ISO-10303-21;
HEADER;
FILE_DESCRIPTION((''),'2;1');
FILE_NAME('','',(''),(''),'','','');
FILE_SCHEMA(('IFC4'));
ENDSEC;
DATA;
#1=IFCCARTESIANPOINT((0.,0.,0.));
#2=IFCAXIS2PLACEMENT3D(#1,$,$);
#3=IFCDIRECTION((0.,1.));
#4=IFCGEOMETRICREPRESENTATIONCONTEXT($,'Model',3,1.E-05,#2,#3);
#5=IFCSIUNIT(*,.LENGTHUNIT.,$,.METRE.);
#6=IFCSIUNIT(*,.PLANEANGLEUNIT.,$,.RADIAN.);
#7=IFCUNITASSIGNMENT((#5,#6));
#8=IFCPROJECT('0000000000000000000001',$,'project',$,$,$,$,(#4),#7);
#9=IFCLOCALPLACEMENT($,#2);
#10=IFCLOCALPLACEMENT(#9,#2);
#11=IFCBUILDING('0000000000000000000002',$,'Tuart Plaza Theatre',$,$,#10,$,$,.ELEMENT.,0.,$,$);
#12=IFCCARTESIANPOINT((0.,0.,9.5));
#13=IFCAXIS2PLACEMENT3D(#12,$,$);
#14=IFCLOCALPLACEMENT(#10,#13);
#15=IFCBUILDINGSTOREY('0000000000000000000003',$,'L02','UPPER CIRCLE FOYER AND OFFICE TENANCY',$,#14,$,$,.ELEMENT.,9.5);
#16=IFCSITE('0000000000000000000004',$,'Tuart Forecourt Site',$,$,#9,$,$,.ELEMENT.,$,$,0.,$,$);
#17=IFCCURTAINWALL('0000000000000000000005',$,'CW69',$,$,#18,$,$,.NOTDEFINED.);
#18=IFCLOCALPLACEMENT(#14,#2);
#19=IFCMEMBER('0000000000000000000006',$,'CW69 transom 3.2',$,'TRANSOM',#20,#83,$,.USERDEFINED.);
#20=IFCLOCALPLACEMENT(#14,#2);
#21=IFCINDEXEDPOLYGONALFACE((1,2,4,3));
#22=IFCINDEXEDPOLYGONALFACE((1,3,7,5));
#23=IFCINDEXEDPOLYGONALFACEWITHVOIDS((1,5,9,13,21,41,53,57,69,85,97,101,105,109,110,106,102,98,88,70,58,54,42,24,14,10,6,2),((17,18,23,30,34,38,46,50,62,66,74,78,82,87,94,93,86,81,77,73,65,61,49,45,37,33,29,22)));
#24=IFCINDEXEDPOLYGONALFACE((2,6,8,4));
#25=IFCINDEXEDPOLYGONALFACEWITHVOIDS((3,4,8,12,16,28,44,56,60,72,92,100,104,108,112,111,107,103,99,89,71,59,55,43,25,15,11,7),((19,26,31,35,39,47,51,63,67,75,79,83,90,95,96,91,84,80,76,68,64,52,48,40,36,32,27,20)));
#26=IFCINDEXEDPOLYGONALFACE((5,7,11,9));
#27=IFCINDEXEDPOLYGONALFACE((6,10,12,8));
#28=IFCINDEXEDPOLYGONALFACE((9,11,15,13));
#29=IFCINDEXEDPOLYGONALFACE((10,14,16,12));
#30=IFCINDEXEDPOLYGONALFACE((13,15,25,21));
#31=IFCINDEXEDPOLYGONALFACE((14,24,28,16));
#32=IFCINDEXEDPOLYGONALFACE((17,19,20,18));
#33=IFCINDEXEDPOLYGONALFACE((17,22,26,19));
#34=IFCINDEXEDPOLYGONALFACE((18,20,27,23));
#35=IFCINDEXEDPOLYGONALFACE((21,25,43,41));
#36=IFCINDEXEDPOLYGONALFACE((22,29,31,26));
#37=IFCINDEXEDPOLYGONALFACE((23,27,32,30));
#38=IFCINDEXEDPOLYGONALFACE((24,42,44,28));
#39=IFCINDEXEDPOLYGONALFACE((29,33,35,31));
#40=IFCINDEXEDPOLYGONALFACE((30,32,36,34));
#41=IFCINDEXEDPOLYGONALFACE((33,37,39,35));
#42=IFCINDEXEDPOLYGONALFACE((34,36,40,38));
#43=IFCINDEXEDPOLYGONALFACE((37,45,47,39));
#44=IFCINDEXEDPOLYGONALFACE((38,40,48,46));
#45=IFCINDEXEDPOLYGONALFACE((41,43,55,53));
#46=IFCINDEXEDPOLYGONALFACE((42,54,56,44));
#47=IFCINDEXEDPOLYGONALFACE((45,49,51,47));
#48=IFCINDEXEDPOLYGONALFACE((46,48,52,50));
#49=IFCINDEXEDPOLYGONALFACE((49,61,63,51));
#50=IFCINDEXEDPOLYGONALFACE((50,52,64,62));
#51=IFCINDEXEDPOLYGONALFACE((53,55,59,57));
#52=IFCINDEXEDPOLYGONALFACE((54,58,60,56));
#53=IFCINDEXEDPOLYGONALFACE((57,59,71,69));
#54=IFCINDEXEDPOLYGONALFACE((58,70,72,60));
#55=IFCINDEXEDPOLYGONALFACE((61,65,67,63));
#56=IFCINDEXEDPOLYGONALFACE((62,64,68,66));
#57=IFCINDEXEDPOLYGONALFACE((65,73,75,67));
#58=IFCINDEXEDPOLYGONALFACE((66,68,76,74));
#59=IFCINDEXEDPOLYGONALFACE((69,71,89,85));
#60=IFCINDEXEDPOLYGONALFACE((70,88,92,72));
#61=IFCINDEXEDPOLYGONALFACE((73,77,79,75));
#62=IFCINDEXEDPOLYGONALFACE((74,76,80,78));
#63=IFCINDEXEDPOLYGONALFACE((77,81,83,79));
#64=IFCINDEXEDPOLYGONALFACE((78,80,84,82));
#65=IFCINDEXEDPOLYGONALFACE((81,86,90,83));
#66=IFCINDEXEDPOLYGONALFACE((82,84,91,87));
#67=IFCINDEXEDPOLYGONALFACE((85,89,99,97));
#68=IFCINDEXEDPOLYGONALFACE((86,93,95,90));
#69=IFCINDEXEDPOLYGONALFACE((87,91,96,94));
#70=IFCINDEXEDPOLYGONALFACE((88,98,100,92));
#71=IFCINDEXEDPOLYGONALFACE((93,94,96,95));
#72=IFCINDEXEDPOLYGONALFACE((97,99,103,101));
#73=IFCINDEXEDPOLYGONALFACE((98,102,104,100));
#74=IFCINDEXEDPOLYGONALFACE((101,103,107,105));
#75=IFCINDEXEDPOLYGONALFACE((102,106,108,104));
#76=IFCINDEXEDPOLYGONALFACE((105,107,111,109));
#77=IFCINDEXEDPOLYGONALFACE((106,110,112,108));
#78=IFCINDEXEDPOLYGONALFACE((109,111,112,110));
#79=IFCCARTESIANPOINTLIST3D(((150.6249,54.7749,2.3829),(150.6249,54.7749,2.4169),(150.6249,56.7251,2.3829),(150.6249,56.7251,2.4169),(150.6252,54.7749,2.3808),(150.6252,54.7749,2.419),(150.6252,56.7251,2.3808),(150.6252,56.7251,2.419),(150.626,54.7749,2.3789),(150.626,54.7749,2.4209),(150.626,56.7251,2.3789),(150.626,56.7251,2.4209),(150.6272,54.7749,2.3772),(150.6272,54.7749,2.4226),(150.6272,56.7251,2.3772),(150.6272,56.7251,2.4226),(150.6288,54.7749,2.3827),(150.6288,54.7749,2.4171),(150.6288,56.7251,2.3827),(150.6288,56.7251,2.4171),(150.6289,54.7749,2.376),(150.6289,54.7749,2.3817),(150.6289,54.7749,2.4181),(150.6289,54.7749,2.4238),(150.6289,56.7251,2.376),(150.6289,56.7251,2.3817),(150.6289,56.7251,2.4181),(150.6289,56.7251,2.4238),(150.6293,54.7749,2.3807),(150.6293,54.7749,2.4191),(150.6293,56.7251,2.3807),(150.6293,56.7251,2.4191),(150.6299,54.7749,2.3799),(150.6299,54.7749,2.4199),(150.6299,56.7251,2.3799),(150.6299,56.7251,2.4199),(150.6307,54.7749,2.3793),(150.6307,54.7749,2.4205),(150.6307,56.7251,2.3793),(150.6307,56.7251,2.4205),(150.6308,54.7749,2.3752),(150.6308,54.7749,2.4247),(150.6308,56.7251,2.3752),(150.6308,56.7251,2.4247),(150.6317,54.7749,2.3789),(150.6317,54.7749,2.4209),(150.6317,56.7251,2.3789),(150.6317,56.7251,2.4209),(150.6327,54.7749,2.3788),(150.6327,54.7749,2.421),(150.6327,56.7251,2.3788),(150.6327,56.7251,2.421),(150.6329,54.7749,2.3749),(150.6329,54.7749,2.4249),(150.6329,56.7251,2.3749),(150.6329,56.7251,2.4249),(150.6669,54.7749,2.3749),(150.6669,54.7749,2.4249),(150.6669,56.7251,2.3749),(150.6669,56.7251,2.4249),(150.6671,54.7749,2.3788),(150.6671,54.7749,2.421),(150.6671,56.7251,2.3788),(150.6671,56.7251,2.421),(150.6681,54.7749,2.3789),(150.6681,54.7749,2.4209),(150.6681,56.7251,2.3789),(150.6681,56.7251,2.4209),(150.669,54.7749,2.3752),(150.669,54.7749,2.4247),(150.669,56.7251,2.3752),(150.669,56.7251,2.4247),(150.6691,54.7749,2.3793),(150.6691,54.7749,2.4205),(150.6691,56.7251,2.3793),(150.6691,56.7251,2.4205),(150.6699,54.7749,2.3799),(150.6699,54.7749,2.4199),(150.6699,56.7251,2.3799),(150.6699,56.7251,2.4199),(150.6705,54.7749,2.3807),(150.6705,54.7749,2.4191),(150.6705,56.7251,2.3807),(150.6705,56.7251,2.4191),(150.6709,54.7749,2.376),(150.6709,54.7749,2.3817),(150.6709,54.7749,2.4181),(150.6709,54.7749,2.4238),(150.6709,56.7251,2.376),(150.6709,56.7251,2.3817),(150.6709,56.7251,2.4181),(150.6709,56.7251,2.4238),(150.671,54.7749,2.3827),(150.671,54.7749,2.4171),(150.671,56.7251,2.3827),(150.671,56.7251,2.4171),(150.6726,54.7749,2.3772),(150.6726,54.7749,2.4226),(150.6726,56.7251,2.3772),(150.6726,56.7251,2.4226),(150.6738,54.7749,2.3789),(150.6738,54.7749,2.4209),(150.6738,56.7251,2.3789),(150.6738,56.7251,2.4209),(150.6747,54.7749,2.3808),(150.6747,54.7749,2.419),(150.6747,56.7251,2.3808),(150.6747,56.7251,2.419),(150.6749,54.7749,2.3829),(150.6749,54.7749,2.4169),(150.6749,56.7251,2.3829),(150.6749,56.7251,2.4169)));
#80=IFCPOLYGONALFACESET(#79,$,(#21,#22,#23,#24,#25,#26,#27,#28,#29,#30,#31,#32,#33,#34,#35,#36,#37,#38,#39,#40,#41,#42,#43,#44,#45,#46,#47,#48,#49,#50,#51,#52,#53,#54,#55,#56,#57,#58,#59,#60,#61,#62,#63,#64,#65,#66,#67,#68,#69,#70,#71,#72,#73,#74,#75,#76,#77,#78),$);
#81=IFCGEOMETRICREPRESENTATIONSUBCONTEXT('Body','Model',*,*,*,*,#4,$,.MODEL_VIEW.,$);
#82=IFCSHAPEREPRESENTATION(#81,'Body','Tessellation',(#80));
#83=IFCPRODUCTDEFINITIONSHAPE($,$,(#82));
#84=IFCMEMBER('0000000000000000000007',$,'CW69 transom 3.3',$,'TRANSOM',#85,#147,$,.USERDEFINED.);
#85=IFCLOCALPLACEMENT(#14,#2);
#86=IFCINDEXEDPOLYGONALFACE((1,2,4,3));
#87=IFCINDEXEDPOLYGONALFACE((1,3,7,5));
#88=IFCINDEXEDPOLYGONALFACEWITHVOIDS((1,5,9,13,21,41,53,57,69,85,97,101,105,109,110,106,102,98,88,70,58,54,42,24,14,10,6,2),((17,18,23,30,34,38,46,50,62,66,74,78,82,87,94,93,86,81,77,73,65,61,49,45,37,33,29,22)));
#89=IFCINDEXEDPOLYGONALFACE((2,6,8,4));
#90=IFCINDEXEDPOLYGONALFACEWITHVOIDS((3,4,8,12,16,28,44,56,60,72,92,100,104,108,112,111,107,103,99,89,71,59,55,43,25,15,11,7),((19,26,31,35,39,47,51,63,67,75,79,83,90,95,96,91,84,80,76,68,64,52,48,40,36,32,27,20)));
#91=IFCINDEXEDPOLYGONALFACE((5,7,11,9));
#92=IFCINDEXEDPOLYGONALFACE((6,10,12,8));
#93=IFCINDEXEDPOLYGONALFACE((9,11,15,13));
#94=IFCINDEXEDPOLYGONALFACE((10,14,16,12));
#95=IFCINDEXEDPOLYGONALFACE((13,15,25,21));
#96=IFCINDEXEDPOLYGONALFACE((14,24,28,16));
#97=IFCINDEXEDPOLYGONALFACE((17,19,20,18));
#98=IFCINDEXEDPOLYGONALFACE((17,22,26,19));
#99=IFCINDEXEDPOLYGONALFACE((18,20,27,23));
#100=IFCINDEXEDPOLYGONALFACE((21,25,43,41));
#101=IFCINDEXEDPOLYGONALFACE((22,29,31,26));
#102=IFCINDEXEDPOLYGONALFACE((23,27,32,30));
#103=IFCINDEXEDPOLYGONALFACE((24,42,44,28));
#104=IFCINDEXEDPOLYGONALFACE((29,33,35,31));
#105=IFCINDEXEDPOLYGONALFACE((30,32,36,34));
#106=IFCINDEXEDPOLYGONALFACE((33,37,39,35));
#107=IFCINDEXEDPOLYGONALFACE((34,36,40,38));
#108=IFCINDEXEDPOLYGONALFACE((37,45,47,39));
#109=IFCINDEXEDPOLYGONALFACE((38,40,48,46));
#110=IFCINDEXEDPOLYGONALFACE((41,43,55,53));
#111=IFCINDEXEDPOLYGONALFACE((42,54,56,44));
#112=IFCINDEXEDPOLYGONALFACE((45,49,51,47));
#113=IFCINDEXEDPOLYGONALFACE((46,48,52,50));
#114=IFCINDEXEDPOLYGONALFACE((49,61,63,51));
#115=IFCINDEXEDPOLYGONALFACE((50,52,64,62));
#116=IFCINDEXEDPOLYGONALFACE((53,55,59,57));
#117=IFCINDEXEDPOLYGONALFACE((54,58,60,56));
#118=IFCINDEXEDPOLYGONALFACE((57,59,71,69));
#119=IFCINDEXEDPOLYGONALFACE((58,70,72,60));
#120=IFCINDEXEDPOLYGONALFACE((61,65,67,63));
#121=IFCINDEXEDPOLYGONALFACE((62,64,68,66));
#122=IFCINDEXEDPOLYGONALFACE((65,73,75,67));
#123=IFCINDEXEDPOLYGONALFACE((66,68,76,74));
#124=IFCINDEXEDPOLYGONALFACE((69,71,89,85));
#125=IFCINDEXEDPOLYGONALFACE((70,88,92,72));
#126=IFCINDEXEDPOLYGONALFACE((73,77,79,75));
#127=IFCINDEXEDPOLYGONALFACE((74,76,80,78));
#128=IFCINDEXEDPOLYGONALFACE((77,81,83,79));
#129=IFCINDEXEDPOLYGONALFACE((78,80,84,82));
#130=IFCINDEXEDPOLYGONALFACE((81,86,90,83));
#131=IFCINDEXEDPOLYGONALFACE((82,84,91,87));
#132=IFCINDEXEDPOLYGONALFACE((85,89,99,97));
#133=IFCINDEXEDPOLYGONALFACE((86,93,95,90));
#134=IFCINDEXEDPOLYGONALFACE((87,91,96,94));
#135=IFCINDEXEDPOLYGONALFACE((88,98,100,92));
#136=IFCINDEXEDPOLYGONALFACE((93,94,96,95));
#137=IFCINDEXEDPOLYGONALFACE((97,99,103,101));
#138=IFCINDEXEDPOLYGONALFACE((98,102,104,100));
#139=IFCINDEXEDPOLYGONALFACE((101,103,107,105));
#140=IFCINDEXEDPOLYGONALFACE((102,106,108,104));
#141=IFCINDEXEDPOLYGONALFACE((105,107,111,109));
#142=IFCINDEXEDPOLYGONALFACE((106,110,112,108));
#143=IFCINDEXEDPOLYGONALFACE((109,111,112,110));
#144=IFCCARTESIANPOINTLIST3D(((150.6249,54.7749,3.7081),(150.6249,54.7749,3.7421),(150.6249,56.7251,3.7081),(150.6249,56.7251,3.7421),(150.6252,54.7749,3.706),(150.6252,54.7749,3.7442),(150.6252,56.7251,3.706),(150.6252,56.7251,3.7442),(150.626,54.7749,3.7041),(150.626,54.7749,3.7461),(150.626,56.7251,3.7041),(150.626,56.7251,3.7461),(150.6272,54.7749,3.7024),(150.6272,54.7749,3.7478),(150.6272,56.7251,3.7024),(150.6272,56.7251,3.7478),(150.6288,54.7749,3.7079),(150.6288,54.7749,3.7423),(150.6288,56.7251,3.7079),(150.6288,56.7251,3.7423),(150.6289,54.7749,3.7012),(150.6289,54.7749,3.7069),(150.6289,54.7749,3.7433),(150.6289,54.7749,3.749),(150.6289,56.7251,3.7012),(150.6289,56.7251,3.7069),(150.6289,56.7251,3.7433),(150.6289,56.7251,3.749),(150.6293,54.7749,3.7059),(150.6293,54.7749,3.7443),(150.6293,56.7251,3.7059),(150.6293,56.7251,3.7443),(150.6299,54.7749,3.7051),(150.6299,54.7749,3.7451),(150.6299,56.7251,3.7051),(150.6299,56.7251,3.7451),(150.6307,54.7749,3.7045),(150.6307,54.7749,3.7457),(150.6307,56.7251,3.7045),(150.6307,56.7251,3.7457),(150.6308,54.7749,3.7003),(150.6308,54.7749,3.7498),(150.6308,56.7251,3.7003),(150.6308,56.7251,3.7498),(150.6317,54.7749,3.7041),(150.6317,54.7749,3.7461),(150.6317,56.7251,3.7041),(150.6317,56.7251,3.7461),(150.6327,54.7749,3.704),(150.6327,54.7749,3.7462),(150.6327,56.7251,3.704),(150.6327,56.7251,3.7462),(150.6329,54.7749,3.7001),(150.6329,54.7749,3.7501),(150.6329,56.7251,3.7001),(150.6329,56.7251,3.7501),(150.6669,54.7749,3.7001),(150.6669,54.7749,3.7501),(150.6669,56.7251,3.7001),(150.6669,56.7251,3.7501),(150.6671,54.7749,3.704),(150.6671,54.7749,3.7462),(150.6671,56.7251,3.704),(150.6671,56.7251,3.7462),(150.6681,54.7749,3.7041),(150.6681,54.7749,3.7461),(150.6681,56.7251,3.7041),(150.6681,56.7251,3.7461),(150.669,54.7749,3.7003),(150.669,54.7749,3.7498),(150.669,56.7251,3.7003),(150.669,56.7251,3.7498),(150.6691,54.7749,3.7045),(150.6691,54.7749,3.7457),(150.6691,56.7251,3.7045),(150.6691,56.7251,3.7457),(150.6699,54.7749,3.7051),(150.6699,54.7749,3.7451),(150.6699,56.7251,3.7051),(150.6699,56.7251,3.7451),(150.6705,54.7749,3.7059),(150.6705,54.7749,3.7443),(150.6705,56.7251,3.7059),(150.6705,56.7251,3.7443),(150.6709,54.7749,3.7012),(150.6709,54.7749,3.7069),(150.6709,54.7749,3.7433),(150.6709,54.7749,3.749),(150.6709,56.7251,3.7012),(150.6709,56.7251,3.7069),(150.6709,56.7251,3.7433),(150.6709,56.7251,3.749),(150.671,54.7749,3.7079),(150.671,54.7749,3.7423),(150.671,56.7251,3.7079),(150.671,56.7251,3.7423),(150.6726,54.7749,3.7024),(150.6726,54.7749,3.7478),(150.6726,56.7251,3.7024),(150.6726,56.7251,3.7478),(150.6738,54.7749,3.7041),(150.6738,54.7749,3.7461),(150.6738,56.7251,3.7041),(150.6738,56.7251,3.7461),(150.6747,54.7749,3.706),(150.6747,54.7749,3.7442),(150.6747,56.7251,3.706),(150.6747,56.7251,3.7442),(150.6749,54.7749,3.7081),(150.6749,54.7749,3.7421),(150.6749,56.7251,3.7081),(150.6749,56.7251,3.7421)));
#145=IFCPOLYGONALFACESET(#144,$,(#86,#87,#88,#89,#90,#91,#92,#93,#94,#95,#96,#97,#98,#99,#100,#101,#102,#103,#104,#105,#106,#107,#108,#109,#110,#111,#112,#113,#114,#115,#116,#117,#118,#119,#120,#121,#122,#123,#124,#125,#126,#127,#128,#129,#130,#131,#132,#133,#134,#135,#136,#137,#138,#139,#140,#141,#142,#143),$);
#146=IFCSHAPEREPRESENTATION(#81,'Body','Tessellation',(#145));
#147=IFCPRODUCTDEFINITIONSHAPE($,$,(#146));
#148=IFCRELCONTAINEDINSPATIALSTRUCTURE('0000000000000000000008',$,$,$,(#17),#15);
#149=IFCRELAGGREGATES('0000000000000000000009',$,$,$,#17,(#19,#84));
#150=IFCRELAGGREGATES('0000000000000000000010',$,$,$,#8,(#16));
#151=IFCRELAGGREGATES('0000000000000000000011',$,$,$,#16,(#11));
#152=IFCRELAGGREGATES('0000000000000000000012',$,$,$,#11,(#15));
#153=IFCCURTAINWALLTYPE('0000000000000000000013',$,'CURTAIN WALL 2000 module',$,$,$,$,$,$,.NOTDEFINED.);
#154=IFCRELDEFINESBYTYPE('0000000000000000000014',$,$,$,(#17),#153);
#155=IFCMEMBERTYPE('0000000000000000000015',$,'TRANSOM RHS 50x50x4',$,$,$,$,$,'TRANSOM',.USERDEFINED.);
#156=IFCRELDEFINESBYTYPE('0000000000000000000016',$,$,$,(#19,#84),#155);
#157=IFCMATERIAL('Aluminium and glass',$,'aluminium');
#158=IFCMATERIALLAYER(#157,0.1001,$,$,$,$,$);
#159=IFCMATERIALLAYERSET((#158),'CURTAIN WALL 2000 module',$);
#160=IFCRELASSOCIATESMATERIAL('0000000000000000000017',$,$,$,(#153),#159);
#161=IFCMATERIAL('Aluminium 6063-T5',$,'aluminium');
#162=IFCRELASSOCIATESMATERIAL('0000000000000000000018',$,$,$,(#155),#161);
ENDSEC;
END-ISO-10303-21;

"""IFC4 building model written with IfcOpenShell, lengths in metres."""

from ifc_helpers import new_model, si_unit, direction, frame, origin, origin_2d, place, context, subcontext, project, spatial, hollow_rectangle, extrude, material, layer, layer_set, material_profile, profile_set, type_object, element, aggregate, save


model = new_model("IFC4")

# Units and contexts
model_context = context("Model", 3, precision=1e-05, world=origin(), true_north=direction((0.0, 1.0)))
body_context = subcontext(model_context, "Body", "Model", "MODEL_VIEW")
ifc_project = project(units=[si_unit("LENGTHUNIT", "METRE"), si_unit("PLANEANGLEUNIT", "RADIAN")], contexts=[model_context])

# Site, building, storey
site_placement = place(None, origin())
site = spatial("IfcSite", under=ifc_project, at=site_placement, Name="Tuart Forecourt Site", CompositionType="ELEMENT", RefElevation=0.0)
building_placement = place(site_placement, origin())
building = spatial("IfcBuilding", under=site, at=building_placement, Name="Tuart Plaza Theatre", CompositionType="ELEMENT", ElevationOfRefHeight=0.0)
storey_placement = place(building_placement, frame((0.0, 0.0, 9.5)))
storey = spatial("IfcBuildingStorey", under=building, at=storey_placement, Name="L02", Description="UPPER CIRCLE FOYER AND OFFICE TENANCY", CompositionType="ELEMENT", Elevation=9.5)

# Curtain wall, members
ifc_material_1 = material(Name="Aluminium and glass", Category="aluminium")
ifc_layer_1 = layer(ifc_material_1, 0.1001)
ifc_layer_set_1 = layer_set([ifc_layer_1], Name="CURTAIN WALL 2000 module")
curtain_wall_type = type_object("IfcCurtainWallType", Name="CURTAIN WALL 2000 module", PredefinedType="NOTDEFINED", material=ifc_layer_set_1)
curtain_wall_placement = place(storey_placement, origin())
curtain_wall = element("IfcCurtainWall", 1, at=curtain_wall_placement, inside=storey, type_object=curtain_wall_type, Name="CW69", PredefinedType="NOTDEFINED")
ifc_material_2 = material(Name="Aluminium 6063-T5", Category="aluminium")
ifc_material_profile_1 = material_profile(ifc_material_2, hollow_rectangle(XDim=0.05, YDim=0.05, WallThickness=0.0039, InnerFilletRadius=0.0039, OuterFilletRadius=0.0081, at=origin_2d()), Name="RHS 50x50x4")
ifc_profile_set_1 = profile_set([ifc_material_profile_1], Name="Aluminium 6063-T5")
member_type_1 = type_object("IfcMemberType", Name="TRANSOM RHS 50x50x4", ElementType="TRANSOM", PredefinedType="USERDEFINED", material=ifc_profile_set_1)
member_1_placement = place(storey_placement, frame((150.6499, 54.7749, 2.3999), z_axis=(0.0, 1.0, 0.0), x_axis=(-1.0, 0.0, 0.0)))
member_1 = element("IfcMember", 2, at=member_1_placement, type_object=member_type_1, Name="CW69 transom 3.2", ObjectType="TRANSOM", PredefinedType="USERDEFINED", context=body_context, shape_type="SweptSolid", body=[
    extrude(hollow_rectangle(XDim=0.05, YDim=0.05, WallThickness=0.0039, InnerFilletRadius=0.0039, OuterFilletRadius=0.0081, at=origin_2d()), origin(), (0.0, 0.0, 1.0), 1.9502),
])
member_2_placement = place(storey_placement, frame((150.6499, 54.7749, 3.7251), z_axis=(0.0, 1.0, 0.0), x_axis=(-1.0, 0.0, 0.0)))
member_2 = element("IfcMember", 3, at=member_2_placement, type_object=member_type_1, Name="CW69 transom 3.3", ObjectType="TRANSOM", PredefinedType="USERDEFINED", context=body_context, shape_type="SweptSolid", body=[
    extrude(hollow_rectangle(XDim=0.05, YDim=0.05, WallThickness=0.0039, InnerFilletRadius=0.0039, OuterFilletRadius=0.0081, at=origin_2d()), origin(), (0.0, 0.0, 1.0), 1.9502),
])
aggregate(curtain_wall, [member_1, member_2])

save(model, "model.ifc")
